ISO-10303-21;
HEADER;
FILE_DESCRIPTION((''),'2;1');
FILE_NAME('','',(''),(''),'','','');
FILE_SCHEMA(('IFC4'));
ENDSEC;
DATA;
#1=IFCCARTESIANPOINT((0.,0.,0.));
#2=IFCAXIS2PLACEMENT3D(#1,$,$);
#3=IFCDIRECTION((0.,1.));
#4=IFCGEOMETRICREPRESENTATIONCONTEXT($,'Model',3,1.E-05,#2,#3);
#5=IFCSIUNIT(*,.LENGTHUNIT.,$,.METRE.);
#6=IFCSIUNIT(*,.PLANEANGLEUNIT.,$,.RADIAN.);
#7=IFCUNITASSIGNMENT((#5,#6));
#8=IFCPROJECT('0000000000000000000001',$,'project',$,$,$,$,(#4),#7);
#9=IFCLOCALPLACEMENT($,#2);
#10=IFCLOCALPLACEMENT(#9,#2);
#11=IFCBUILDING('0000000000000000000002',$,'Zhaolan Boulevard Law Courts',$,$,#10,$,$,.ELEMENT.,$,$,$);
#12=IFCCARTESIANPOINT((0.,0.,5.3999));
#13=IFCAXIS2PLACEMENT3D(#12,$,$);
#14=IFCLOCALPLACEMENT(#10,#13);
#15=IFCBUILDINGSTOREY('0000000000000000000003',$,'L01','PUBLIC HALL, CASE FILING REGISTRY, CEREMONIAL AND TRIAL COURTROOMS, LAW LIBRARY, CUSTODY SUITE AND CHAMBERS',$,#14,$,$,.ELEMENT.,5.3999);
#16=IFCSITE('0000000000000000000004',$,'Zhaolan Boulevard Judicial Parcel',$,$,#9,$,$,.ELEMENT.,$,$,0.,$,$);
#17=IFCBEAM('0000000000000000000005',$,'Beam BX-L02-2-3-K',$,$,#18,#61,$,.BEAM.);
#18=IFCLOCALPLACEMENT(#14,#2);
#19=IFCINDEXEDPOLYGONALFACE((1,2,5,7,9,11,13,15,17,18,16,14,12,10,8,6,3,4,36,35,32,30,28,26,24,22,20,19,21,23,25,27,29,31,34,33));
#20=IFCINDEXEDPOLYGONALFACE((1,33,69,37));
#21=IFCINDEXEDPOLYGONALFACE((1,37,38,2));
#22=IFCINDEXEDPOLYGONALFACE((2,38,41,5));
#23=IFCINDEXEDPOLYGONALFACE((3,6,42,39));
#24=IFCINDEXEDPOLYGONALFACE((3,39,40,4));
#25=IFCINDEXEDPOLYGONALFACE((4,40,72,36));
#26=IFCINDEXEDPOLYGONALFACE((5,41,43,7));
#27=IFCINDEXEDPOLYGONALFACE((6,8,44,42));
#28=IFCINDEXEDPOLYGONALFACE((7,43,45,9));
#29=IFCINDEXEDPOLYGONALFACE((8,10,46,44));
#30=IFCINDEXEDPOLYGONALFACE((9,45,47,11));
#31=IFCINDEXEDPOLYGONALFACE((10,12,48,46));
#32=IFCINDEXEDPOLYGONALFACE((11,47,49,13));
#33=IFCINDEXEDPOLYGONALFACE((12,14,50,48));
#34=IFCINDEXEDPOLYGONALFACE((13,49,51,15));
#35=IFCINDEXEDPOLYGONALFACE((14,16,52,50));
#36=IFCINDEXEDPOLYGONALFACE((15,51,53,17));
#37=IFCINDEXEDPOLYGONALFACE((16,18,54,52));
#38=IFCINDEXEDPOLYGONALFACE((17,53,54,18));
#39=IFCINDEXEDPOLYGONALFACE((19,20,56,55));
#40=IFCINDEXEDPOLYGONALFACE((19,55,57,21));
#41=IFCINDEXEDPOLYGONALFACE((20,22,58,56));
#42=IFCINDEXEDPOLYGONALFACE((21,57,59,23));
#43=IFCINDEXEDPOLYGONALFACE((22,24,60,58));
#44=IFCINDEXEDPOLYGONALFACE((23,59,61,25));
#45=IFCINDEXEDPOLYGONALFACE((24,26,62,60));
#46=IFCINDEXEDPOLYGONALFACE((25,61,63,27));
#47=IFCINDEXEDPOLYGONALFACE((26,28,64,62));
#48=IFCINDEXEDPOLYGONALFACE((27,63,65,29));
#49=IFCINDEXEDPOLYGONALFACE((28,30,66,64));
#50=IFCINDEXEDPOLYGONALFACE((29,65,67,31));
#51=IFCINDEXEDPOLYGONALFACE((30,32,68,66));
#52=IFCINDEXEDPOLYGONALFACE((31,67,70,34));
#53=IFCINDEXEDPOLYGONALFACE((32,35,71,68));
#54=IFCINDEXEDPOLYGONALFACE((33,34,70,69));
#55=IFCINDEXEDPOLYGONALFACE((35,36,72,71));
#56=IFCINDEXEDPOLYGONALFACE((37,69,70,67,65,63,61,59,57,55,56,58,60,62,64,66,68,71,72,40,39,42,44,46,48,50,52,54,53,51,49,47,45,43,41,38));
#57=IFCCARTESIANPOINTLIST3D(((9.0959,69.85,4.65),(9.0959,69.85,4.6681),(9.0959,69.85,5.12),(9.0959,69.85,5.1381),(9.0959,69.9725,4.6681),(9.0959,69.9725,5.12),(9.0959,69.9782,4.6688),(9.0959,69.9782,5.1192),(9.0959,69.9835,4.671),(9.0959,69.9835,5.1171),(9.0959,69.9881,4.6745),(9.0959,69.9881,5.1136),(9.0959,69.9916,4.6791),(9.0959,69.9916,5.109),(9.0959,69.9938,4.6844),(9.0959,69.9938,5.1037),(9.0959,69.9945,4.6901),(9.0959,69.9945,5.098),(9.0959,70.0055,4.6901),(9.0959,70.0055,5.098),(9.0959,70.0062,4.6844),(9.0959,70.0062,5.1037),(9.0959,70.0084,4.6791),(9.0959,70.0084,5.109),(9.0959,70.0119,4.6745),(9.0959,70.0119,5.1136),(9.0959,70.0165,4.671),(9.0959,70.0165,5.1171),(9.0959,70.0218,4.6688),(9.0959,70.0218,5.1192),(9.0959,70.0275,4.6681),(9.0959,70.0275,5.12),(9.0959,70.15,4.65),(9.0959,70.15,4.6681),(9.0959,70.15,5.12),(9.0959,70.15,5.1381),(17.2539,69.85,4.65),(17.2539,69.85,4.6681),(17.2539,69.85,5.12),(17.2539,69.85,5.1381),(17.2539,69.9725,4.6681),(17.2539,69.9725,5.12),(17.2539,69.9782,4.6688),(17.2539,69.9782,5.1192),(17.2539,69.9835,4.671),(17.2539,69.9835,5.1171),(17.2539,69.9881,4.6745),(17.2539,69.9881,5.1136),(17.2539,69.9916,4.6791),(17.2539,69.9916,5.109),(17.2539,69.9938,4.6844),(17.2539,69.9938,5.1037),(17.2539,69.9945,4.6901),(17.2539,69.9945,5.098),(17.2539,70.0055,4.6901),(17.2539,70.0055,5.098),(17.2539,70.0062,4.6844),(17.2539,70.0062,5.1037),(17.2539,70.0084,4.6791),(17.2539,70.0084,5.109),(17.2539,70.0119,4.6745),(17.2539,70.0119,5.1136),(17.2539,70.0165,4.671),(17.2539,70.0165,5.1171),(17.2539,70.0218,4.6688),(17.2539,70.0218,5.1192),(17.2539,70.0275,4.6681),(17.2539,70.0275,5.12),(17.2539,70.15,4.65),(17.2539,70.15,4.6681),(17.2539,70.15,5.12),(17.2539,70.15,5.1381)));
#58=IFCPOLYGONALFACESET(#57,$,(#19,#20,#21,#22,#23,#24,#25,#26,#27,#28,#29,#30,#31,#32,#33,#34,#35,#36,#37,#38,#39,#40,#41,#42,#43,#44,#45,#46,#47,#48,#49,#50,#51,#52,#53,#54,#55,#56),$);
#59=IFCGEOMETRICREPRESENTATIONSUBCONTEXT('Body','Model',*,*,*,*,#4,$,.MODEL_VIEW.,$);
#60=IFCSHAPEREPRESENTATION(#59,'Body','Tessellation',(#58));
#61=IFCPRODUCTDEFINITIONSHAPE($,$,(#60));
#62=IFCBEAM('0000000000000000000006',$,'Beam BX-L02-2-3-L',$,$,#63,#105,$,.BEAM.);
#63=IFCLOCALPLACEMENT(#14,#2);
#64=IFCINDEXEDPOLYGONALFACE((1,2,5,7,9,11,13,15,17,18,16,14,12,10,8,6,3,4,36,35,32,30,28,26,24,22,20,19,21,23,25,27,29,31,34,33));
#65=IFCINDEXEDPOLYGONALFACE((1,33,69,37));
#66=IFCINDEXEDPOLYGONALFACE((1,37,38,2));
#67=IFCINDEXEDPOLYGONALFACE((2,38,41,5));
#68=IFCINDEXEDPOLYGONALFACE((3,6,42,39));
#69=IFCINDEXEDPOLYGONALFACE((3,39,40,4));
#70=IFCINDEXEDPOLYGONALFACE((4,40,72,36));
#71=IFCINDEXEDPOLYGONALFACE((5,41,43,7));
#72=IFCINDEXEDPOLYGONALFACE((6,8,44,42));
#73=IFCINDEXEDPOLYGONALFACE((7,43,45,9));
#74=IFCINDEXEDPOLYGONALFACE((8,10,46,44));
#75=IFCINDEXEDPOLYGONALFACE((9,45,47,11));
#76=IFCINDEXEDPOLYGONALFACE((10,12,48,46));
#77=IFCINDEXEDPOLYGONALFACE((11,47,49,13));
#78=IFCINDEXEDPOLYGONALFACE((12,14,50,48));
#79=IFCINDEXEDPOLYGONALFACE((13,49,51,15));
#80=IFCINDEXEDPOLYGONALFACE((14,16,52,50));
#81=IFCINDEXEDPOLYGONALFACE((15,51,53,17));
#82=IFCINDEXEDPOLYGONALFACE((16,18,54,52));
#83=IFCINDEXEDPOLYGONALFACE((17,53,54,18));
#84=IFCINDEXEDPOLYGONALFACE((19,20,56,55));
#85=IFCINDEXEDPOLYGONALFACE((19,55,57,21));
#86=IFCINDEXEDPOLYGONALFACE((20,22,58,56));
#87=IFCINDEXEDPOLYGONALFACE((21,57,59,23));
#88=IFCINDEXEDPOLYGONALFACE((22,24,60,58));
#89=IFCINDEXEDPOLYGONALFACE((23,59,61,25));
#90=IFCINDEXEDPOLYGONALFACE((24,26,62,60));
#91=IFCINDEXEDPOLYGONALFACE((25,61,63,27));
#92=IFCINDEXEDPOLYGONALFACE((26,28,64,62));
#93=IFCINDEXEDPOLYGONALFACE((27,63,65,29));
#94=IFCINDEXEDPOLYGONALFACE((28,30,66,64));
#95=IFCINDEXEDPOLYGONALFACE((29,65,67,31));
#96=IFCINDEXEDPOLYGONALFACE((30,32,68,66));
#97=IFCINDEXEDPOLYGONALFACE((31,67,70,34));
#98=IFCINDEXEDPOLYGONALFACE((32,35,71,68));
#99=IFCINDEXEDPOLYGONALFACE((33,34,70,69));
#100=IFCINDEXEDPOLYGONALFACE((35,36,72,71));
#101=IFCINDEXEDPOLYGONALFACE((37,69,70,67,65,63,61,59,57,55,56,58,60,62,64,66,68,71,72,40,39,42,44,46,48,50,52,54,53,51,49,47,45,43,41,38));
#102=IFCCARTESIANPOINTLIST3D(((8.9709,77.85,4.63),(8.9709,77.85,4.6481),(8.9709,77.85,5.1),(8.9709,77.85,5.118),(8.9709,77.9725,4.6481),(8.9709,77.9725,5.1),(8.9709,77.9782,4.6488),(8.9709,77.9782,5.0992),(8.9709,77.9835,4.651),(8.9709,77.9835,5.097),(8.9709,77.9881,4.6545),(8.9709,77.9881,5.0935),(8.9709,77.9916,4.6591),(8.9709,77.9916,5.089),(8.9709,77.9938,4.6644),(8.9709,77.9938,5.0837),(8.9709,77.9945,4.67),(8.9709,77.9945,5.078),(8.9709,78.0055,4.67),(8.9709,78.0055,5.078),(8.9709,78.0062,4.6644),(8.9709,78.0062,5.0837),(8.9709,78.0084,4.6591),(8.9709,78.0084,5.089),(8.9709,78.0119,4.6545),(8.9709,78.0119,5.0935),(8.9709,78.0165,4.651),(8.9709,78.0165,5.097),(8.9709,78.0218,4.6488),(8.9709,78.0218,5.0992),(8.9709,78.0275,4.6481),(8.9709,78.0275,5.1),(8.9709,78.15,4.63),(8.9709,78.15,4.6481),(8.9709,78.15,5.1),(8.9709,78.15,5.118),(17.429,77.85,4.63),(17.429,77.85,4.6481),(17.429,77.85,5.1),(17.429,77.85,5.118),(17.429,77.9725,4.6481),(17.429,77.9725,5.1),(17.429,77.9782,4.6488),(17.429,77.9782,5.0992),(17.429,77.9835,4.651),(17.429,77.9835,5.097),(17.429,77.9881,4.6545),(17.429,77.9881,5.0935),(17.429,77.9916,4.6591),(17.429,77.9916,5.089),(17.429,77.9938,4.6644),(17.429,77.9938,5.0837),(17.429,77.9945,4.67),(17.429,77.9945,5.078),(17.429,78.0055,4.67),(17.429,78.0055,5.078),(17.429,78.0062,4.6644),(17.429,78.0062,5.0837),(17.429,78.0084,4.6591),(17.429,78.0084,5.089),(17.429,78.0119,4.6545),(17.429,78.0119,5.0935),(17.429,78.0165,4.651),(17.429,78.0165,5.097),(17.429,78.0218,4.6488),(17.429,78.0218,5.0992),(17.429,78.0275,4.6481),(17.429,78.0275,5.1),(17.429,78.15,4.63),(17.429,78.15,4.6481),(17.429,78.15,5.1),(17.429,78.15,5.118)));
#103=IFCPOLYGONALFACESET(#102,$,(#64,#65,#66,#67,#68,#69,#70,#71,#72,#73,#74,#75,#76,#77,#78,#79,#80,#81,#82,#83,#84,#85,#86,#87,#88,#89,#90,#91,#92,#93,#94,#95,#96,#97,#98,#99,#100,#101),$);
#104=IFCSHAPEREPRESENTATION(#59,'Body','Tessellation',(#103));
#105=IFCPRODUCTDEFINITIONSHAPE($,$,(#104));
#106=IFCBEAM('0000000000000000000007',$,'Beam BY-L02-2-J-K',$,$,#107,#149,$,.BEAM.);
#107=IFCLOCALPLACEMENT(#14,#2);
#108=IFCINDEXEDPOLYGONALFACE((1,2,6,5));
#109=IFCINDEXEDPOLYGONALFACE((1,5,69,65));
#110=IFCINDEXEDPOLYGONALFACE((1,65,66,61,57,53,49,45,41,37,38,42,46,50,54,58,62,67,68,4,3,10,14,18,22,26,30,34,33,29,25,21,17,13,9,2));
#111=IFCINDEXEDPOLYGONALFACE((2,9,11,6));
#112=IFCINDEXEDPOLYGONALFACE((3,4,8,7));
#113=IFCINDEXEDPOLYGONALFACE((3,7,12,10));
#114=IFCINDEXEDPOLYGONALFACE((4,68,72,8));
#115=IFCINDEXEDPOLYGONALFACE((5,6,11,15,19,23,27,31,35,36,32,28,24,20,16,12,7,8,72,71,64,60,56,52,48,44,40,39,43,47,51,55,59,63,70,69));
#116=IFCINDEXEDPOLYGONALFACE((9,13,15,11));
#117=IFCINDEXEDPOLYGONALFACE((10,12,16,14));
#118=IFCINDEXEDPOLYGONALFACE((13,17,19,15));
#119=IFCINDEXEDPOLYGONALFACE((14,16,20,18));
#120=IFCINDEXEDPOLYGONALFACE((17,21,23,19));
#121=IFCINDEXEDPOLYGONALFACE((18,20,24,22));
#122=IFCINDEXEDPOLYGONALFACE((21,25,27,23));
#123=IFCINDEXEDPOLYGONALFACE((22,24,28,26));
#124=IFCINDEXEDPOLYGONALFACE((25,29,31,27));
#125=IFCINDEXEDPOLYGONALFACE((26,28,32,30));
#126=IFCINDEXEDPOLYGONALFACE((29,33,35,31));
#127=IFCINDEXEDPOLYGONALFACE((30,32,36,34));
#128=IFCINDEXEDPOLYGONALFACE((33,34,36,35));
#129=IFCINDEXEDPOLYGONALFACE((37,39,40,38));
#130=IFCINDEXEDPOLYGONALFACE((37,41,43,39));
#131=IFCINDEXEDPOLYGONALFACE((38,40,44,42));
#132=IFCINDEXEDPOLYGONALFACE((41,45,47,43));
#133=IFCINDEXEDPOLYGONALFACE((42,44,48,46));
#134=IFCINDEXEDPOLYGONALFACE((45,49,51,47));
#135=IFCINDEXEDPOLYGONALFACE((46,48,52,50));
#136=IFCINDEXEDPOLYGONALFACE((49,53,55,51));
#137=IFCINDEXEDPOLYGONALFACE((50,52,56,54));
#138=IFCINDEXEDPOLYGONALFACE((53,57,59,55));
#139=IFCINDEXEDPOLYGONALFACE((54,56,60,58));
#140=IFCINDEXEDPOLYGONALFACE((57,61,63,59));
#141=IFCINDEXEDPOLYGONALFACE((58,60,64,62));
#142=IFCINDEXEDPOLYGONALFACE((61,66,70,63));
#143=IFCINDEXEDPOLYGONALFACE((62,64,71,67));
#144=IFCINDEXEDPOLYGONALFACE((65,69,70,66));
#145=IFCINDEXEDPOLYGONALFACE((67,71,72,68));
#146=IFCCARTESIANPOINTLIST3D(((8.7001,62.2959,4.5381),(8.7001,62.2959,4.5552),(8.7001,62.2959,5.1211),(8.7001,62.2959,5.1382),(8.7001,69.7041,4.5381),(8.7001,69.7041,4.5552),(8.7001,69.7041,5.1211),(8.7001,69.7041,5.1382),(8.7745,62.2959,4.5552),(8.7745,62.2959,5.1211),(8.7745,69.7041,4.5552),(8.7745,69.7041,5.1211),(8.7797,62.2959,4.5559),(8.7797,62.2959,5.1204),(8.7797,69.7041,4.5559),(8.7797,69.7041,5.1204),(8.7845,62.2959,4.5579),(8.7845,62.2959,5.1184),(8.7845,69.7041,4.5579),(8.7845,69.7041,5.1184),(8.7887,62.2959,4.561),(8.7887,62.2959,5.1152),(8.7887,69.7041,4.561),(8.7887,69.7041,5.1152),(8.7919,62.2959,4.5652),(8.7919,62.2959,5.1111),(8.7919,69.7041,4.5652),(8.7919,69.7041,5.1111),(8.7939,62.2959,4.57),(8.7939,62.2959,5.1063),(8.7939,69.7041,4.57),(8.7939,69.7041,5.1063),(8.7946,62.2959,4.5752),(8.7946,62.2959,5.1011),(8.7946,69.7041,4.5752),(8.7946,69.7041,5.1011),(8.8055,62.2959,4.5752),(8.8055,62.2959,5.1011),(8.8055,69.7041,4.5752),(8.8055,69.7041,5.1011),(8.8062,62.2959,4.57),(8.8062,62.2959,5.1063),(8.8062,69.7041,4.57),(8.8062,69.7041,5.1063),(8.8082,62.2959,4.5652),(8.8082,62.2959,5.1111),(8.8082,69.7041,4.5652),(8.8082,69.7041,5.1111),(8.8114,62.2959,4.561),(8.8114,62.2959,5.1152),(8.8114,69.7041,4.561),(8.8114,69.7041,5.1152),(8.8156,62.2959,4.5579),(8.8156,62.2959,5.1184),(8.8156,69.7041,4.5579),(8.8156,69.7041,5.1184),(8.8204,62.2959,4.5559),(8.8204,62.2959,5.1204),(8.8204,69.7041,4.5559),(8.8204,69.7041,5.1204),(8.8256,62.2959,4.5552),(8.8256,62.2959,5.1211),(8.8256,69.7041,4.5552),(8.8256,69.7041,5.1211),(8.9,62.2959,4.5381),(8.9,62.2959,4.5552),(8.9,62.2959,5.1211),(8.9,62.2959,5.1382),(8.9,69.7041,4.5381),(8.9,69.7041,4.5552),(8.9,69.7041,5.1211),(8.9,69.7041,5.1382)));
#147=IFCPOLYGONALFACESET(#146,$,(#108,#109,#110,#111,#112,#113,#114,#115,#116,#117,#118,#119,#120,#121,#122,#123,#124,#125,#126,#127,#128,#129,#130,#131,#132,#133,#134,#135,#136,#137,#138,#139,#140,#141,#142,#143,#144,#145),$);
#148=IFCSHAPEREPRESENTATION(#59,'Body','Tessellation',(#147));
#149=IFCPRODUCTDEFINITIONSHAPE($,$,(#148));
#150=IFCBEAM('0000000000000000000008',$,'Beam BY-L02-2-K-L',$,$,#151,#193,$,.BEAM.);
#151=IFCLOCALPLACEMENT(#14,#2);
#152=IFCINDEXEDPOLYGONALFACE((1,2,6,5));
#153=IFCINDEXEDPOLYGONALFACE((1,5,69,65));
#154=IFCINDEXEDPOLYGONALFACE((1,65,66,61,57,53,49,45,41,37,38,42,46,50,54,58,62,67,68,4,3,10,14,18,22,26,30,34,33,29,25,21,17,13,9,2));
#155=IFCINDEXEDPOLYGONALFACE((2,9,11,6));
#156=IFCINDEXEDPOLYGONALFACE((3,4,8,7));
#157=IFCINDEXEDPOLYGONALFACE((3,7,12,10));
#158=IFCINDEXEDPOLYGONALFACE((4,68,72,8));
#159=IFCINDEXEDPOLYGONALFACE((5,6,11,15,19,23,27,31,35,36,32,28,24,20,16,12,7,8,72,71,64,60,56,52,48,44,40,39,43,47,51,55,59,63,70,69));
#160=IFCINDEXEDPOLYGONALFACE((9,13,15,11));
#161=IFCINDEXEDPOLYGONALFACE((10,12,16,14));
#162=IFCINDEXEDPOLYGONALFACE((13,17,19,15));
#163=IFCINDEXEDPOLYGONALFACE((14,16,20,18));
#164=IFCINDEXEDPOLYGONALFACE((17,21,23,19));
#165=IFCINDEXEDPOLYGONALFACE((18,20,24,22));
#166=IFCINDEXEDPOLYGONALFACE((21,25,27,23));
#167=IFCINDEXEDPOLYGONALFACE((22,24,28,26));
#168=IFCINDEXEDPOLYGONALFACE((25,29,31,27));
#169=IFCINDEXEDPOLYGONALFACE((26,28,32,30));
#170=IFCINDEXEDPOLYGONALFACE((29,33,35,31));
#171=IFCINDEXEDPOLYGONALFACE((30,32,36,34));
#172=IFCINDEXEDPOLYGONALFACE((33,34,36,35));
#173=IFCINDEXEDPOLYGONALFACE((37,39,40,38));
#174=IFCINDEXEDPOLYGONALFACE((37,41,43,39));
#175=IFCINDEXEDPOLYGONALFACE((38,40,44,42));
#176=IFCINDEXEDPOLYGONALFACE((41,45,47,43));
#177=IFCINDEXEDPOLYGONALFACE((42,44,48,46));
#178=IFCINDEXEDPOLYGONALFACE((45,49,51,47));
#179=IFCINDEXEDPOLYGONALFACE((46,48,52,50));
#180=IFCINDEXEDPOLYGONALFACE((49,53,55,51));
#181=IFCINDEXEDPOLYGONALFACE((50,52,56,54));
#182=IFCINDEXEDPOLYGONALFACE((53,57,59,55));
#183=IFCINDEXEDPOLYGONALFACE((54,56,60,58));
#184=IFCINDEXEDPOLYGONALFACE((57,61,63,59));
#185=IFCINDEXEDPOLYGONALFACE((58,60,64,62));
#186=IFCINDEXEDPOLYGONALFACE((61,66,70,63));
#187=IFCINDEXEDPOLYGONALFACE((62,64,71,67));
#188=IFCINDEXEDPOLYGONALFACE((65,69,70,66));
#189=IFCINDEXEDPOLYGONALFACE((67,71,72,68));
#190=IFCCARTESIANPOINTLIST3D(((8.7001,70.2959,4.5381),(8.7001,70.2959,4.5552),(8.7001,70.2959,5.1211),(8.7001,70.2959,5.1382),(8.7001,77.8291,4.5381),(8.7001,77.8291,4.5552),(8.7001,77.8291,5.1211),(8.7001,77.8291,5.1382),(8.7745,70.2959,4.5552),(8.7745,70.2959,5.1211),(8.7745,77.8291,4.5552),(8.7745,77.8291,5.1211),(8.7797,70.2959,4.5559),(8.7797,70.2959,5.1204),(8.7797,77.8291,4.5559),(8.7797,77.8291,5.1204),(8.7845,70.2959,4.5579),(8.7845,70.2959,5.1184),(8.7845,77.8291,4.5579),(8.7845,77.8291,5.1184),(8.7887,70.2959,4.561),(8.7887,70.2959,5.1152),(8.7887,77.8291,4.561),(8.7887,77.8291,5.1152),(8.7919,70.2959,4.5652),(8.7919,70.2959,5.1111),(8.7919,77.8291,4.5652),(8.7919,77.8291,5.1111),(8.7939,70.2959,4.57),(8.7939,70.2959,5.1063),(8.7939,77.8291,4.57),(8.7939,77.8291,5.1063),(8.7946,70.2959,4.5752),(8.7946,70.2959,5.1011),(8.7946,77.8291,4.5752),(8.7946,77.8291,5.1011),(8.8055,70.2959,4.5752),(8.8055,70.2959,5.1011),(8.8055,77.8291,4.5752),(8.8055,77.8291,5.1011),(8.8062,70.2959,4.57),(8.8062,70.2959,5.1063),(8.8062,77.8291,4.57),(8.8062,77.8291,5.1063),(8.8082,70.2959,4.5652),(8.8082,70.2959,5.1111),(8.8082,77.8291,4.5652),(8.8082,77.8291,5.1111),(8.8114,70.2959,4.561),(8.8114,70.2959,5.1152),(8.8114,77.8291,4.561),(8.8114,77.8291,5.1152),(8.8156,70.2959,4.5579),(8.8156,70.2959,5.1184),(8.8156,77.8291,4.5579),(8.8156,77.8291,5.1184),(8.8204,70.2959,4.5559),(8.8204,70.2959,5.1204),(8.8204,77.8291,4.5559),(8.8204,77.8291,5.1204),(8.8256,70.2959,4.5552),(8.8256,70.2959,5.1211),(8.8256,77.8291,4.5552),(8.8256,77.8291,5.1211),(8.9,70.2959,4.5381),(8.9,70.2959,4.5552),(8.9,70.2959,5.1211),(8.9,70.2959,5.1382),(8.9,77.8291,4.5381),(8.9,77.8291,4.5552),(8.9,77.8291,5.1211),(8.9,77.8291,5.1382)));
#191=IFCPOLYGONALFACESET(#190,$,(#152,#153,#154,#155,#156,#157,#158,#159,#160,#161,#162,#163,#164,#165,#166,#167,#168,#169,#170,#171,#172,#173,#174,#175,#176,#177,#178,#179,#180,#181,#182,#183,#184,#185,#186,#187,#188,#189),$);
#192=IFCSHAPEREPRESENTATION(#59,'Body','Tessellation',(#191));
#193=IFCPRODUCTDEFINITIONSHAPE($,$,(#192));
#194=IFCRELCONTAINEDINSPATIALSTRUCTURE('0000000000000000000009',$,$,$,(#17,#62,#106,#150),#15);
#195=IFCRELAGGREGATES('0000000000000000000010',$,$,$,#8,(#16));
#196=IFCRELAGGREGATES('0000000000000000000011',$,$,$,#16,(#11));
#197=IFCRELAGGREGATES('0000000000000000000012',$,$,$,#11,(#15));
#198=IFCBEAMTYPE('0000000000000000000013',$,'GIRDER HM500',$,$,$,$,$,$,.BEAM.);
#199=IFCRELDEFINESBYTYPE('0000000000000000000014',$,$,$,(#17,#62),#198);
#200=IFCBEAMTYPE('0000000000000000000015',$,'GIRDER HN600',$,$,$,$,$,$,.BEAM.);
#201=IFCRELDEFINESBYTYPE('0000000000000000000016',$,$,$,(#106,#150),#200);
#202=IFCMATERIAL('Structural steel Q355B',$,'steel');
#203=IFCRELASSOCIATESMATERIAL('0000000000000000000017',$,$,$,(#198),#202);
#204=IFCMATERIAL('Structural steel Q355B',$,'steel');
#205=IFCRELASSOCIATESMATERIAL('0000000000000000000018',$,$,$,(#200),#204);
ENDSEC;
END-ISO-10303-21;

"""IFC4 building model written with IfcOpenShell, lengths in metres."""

from ifc_helpers import new_model, si_unit, direction, frame, origin, origin_2d, place, context, subcontext, project, spatial, i_section, extrude, material, material_profile, profile_set, type_object, element, save


model = new_model("IFC4")

# Units and contexts
model_context = context("Model", 3, precision=1e-05, world=origin(), true_north=direction((0.0, 1.0)))
body_context = subcontext(model_context, "Body", "Model", "MODEL_VIEW")
ifc_project = project(units=[si_unit("LENGTHUNIT", "METRE"), si_unit("PLANEANGLEUNIT", "RADIAN")], contexts=[model_context])

# Site, building, storey
site_placement = place(None, origin())
site = spatial("IfcSite", under=ifc_project, at=site_placement, Name="Zhaolan Boulevard Judicial Parcel", CompositionType="ELEMENT", RefElevation=0.0)
building_placement = place(site_placement, origin())
building = spatial("IfcBuilding", under=site, at=building_placement, Name="Zhaolan Boulevard Law Courts", CompositionType="ELEMENT")
storey_placement = place(building_placement, frame((0.0, 0.0, 5.3999)))
storey = spatial("IfcBuildingStorey", under=building, at=storey_placement, Name="L01", Description="PUBLIC HALL, CASE FILING REGISTRY, CEREMONIAL AND TRIAL COURTROOMS, LAW LIBRARY, CUSTODY SUITE AND CHAMBERS", CompositionType="ELEMENT", Elevation=5.3999)

# Beams
ifc_material_1 = material(Name="Structural steel Q355B", Category="steel")
ifc_material_profile_1 = material_profile(ifc_material_1, i_section(OverallWidth=0.3, OverallDepth=0.488, WebThickness=0.011, FlangeThickness=0.0181, FilletRadius=0.022, at=origin_2d()), Name="HM488x300")
ifc_profile_set_1 = profile_set([ifc_material_profile_1], Name="Structural steel Q355B")
beam_type_1 = type_object("IfcBeamType", Name="GIRDER HM500", PredefinedType="BEAM", material=ifc_profile_set_1)
beam_1_placement = place(storey_placement, frame((9.0959, 70.0, 4.894), z_axis=(1.0, 0.0, 0.0), x_axis=(0.0, 1.0, 0.0)))
element("IfcBeam", 1, at=beam_1_placement, inside=storey, type_object=beam_type_1, Name="Beam BX-L02-2-3-K", PredefinedType="BEAM", context=body_context, shape_type="SweptSolid", body=[
    extrude(i_section(OverallWidth=0.3, OverallDepth=0.488, WebThickness=0.011, FlangeThickness=0.0181, FilletRadius=0.022, at=origin_2d()), origin(), (0.0, 0.0, 1.0), 8.158),
])
beam_2_placement = place(storey_placement, frame((8.9709, 78.0, 4.874), z_axis=(1.0, 0.0, 0.0), x_axis=(0.0, 1.0, 0.0)))
element("IfcBeam", 2, at=beam_2_placement, inside=storey, type_object=beam_type_1, Name="Beam BX-L02-2-3-L", PredefinedType="BEAM", context=body_context, shape_type="SweptSolid", body=[
    extrude(i_section(OverallWidth=0.3, OverallDepth=0.488, WebThickness=0.011, FlangeThickness=0.0181, FilletRadius=0.022, at=origin_2d()), origin(), (0.0, 0.0, 1.0), 8.458),
])
ifc_material_2 = material(Name="Structural steel Q355B", Category="steel")
ifc_material_profile_2 = material_profile(ifc_material_2, i_section(OverallWidth=0.2, OverallDepth=0.6001, WebThickness=0.011, FlangeThickness=0.0171, FilletRadius=0.02, at=origin_2d()), Name="HN600x200")
ifc_profile_set_2 = profile_set([ifc_material_profile_2], Name="Structural steel Q355B")
beam_type_2 = type_object("IfcBeamType", Name="GIRDER HN600", PredefinedType="BEAM", material=ifc_profile_set_2)
beam_3_placement = place(storey_placement, frame((8.8, 62.2959, 4.8381), z_axis=(0.0, 1.0, 0.0), x_axis=(-1.0, 0.0, 0.0)))
element("IfcBeam", 3, at=beam_3_placement, inside=storey, type_object=beam_type_2, Name="Beam BY-L02-2-J-K", PredefinedType="BEAM", context=body_context, shape_type="SweptSolid", body=[
    extrude(i_section(OverallWidth=0.2, OverallDepth=0.6001, WebThickness=0.011, FlangeThickness=0.0171, FilletRadius=0.02, at=origin_2d()), origin(), (0.0, 0.0, 1.0), 7.4082),
])
beam_4_placement = place(storey_placement, frame((8.8, 70.2959, 4.8381), z_axis=(0.0, 1.0, 0.0), x_axis=(-1.0, 0.0, 0.0)))
element("IfcBeam", 4, at=beam_4_placement, inside=storey, type_object=beam_type_2, Name="Beam BY-L02-2-K-L", PredefinedType="BEAM", context=body_context, shape_type="SweptSolid", body=[
    extrude(i_section(OverallWidth=0.2, OverallDepth=0.6001, WebThickness=0.011, FlangeThickness=0.0171, FilletRadius=0.02, at=origin_2d()), origin(), (0.0, 0.0, 1.0), 7.5332),
])

save(model, "model.ifc")
